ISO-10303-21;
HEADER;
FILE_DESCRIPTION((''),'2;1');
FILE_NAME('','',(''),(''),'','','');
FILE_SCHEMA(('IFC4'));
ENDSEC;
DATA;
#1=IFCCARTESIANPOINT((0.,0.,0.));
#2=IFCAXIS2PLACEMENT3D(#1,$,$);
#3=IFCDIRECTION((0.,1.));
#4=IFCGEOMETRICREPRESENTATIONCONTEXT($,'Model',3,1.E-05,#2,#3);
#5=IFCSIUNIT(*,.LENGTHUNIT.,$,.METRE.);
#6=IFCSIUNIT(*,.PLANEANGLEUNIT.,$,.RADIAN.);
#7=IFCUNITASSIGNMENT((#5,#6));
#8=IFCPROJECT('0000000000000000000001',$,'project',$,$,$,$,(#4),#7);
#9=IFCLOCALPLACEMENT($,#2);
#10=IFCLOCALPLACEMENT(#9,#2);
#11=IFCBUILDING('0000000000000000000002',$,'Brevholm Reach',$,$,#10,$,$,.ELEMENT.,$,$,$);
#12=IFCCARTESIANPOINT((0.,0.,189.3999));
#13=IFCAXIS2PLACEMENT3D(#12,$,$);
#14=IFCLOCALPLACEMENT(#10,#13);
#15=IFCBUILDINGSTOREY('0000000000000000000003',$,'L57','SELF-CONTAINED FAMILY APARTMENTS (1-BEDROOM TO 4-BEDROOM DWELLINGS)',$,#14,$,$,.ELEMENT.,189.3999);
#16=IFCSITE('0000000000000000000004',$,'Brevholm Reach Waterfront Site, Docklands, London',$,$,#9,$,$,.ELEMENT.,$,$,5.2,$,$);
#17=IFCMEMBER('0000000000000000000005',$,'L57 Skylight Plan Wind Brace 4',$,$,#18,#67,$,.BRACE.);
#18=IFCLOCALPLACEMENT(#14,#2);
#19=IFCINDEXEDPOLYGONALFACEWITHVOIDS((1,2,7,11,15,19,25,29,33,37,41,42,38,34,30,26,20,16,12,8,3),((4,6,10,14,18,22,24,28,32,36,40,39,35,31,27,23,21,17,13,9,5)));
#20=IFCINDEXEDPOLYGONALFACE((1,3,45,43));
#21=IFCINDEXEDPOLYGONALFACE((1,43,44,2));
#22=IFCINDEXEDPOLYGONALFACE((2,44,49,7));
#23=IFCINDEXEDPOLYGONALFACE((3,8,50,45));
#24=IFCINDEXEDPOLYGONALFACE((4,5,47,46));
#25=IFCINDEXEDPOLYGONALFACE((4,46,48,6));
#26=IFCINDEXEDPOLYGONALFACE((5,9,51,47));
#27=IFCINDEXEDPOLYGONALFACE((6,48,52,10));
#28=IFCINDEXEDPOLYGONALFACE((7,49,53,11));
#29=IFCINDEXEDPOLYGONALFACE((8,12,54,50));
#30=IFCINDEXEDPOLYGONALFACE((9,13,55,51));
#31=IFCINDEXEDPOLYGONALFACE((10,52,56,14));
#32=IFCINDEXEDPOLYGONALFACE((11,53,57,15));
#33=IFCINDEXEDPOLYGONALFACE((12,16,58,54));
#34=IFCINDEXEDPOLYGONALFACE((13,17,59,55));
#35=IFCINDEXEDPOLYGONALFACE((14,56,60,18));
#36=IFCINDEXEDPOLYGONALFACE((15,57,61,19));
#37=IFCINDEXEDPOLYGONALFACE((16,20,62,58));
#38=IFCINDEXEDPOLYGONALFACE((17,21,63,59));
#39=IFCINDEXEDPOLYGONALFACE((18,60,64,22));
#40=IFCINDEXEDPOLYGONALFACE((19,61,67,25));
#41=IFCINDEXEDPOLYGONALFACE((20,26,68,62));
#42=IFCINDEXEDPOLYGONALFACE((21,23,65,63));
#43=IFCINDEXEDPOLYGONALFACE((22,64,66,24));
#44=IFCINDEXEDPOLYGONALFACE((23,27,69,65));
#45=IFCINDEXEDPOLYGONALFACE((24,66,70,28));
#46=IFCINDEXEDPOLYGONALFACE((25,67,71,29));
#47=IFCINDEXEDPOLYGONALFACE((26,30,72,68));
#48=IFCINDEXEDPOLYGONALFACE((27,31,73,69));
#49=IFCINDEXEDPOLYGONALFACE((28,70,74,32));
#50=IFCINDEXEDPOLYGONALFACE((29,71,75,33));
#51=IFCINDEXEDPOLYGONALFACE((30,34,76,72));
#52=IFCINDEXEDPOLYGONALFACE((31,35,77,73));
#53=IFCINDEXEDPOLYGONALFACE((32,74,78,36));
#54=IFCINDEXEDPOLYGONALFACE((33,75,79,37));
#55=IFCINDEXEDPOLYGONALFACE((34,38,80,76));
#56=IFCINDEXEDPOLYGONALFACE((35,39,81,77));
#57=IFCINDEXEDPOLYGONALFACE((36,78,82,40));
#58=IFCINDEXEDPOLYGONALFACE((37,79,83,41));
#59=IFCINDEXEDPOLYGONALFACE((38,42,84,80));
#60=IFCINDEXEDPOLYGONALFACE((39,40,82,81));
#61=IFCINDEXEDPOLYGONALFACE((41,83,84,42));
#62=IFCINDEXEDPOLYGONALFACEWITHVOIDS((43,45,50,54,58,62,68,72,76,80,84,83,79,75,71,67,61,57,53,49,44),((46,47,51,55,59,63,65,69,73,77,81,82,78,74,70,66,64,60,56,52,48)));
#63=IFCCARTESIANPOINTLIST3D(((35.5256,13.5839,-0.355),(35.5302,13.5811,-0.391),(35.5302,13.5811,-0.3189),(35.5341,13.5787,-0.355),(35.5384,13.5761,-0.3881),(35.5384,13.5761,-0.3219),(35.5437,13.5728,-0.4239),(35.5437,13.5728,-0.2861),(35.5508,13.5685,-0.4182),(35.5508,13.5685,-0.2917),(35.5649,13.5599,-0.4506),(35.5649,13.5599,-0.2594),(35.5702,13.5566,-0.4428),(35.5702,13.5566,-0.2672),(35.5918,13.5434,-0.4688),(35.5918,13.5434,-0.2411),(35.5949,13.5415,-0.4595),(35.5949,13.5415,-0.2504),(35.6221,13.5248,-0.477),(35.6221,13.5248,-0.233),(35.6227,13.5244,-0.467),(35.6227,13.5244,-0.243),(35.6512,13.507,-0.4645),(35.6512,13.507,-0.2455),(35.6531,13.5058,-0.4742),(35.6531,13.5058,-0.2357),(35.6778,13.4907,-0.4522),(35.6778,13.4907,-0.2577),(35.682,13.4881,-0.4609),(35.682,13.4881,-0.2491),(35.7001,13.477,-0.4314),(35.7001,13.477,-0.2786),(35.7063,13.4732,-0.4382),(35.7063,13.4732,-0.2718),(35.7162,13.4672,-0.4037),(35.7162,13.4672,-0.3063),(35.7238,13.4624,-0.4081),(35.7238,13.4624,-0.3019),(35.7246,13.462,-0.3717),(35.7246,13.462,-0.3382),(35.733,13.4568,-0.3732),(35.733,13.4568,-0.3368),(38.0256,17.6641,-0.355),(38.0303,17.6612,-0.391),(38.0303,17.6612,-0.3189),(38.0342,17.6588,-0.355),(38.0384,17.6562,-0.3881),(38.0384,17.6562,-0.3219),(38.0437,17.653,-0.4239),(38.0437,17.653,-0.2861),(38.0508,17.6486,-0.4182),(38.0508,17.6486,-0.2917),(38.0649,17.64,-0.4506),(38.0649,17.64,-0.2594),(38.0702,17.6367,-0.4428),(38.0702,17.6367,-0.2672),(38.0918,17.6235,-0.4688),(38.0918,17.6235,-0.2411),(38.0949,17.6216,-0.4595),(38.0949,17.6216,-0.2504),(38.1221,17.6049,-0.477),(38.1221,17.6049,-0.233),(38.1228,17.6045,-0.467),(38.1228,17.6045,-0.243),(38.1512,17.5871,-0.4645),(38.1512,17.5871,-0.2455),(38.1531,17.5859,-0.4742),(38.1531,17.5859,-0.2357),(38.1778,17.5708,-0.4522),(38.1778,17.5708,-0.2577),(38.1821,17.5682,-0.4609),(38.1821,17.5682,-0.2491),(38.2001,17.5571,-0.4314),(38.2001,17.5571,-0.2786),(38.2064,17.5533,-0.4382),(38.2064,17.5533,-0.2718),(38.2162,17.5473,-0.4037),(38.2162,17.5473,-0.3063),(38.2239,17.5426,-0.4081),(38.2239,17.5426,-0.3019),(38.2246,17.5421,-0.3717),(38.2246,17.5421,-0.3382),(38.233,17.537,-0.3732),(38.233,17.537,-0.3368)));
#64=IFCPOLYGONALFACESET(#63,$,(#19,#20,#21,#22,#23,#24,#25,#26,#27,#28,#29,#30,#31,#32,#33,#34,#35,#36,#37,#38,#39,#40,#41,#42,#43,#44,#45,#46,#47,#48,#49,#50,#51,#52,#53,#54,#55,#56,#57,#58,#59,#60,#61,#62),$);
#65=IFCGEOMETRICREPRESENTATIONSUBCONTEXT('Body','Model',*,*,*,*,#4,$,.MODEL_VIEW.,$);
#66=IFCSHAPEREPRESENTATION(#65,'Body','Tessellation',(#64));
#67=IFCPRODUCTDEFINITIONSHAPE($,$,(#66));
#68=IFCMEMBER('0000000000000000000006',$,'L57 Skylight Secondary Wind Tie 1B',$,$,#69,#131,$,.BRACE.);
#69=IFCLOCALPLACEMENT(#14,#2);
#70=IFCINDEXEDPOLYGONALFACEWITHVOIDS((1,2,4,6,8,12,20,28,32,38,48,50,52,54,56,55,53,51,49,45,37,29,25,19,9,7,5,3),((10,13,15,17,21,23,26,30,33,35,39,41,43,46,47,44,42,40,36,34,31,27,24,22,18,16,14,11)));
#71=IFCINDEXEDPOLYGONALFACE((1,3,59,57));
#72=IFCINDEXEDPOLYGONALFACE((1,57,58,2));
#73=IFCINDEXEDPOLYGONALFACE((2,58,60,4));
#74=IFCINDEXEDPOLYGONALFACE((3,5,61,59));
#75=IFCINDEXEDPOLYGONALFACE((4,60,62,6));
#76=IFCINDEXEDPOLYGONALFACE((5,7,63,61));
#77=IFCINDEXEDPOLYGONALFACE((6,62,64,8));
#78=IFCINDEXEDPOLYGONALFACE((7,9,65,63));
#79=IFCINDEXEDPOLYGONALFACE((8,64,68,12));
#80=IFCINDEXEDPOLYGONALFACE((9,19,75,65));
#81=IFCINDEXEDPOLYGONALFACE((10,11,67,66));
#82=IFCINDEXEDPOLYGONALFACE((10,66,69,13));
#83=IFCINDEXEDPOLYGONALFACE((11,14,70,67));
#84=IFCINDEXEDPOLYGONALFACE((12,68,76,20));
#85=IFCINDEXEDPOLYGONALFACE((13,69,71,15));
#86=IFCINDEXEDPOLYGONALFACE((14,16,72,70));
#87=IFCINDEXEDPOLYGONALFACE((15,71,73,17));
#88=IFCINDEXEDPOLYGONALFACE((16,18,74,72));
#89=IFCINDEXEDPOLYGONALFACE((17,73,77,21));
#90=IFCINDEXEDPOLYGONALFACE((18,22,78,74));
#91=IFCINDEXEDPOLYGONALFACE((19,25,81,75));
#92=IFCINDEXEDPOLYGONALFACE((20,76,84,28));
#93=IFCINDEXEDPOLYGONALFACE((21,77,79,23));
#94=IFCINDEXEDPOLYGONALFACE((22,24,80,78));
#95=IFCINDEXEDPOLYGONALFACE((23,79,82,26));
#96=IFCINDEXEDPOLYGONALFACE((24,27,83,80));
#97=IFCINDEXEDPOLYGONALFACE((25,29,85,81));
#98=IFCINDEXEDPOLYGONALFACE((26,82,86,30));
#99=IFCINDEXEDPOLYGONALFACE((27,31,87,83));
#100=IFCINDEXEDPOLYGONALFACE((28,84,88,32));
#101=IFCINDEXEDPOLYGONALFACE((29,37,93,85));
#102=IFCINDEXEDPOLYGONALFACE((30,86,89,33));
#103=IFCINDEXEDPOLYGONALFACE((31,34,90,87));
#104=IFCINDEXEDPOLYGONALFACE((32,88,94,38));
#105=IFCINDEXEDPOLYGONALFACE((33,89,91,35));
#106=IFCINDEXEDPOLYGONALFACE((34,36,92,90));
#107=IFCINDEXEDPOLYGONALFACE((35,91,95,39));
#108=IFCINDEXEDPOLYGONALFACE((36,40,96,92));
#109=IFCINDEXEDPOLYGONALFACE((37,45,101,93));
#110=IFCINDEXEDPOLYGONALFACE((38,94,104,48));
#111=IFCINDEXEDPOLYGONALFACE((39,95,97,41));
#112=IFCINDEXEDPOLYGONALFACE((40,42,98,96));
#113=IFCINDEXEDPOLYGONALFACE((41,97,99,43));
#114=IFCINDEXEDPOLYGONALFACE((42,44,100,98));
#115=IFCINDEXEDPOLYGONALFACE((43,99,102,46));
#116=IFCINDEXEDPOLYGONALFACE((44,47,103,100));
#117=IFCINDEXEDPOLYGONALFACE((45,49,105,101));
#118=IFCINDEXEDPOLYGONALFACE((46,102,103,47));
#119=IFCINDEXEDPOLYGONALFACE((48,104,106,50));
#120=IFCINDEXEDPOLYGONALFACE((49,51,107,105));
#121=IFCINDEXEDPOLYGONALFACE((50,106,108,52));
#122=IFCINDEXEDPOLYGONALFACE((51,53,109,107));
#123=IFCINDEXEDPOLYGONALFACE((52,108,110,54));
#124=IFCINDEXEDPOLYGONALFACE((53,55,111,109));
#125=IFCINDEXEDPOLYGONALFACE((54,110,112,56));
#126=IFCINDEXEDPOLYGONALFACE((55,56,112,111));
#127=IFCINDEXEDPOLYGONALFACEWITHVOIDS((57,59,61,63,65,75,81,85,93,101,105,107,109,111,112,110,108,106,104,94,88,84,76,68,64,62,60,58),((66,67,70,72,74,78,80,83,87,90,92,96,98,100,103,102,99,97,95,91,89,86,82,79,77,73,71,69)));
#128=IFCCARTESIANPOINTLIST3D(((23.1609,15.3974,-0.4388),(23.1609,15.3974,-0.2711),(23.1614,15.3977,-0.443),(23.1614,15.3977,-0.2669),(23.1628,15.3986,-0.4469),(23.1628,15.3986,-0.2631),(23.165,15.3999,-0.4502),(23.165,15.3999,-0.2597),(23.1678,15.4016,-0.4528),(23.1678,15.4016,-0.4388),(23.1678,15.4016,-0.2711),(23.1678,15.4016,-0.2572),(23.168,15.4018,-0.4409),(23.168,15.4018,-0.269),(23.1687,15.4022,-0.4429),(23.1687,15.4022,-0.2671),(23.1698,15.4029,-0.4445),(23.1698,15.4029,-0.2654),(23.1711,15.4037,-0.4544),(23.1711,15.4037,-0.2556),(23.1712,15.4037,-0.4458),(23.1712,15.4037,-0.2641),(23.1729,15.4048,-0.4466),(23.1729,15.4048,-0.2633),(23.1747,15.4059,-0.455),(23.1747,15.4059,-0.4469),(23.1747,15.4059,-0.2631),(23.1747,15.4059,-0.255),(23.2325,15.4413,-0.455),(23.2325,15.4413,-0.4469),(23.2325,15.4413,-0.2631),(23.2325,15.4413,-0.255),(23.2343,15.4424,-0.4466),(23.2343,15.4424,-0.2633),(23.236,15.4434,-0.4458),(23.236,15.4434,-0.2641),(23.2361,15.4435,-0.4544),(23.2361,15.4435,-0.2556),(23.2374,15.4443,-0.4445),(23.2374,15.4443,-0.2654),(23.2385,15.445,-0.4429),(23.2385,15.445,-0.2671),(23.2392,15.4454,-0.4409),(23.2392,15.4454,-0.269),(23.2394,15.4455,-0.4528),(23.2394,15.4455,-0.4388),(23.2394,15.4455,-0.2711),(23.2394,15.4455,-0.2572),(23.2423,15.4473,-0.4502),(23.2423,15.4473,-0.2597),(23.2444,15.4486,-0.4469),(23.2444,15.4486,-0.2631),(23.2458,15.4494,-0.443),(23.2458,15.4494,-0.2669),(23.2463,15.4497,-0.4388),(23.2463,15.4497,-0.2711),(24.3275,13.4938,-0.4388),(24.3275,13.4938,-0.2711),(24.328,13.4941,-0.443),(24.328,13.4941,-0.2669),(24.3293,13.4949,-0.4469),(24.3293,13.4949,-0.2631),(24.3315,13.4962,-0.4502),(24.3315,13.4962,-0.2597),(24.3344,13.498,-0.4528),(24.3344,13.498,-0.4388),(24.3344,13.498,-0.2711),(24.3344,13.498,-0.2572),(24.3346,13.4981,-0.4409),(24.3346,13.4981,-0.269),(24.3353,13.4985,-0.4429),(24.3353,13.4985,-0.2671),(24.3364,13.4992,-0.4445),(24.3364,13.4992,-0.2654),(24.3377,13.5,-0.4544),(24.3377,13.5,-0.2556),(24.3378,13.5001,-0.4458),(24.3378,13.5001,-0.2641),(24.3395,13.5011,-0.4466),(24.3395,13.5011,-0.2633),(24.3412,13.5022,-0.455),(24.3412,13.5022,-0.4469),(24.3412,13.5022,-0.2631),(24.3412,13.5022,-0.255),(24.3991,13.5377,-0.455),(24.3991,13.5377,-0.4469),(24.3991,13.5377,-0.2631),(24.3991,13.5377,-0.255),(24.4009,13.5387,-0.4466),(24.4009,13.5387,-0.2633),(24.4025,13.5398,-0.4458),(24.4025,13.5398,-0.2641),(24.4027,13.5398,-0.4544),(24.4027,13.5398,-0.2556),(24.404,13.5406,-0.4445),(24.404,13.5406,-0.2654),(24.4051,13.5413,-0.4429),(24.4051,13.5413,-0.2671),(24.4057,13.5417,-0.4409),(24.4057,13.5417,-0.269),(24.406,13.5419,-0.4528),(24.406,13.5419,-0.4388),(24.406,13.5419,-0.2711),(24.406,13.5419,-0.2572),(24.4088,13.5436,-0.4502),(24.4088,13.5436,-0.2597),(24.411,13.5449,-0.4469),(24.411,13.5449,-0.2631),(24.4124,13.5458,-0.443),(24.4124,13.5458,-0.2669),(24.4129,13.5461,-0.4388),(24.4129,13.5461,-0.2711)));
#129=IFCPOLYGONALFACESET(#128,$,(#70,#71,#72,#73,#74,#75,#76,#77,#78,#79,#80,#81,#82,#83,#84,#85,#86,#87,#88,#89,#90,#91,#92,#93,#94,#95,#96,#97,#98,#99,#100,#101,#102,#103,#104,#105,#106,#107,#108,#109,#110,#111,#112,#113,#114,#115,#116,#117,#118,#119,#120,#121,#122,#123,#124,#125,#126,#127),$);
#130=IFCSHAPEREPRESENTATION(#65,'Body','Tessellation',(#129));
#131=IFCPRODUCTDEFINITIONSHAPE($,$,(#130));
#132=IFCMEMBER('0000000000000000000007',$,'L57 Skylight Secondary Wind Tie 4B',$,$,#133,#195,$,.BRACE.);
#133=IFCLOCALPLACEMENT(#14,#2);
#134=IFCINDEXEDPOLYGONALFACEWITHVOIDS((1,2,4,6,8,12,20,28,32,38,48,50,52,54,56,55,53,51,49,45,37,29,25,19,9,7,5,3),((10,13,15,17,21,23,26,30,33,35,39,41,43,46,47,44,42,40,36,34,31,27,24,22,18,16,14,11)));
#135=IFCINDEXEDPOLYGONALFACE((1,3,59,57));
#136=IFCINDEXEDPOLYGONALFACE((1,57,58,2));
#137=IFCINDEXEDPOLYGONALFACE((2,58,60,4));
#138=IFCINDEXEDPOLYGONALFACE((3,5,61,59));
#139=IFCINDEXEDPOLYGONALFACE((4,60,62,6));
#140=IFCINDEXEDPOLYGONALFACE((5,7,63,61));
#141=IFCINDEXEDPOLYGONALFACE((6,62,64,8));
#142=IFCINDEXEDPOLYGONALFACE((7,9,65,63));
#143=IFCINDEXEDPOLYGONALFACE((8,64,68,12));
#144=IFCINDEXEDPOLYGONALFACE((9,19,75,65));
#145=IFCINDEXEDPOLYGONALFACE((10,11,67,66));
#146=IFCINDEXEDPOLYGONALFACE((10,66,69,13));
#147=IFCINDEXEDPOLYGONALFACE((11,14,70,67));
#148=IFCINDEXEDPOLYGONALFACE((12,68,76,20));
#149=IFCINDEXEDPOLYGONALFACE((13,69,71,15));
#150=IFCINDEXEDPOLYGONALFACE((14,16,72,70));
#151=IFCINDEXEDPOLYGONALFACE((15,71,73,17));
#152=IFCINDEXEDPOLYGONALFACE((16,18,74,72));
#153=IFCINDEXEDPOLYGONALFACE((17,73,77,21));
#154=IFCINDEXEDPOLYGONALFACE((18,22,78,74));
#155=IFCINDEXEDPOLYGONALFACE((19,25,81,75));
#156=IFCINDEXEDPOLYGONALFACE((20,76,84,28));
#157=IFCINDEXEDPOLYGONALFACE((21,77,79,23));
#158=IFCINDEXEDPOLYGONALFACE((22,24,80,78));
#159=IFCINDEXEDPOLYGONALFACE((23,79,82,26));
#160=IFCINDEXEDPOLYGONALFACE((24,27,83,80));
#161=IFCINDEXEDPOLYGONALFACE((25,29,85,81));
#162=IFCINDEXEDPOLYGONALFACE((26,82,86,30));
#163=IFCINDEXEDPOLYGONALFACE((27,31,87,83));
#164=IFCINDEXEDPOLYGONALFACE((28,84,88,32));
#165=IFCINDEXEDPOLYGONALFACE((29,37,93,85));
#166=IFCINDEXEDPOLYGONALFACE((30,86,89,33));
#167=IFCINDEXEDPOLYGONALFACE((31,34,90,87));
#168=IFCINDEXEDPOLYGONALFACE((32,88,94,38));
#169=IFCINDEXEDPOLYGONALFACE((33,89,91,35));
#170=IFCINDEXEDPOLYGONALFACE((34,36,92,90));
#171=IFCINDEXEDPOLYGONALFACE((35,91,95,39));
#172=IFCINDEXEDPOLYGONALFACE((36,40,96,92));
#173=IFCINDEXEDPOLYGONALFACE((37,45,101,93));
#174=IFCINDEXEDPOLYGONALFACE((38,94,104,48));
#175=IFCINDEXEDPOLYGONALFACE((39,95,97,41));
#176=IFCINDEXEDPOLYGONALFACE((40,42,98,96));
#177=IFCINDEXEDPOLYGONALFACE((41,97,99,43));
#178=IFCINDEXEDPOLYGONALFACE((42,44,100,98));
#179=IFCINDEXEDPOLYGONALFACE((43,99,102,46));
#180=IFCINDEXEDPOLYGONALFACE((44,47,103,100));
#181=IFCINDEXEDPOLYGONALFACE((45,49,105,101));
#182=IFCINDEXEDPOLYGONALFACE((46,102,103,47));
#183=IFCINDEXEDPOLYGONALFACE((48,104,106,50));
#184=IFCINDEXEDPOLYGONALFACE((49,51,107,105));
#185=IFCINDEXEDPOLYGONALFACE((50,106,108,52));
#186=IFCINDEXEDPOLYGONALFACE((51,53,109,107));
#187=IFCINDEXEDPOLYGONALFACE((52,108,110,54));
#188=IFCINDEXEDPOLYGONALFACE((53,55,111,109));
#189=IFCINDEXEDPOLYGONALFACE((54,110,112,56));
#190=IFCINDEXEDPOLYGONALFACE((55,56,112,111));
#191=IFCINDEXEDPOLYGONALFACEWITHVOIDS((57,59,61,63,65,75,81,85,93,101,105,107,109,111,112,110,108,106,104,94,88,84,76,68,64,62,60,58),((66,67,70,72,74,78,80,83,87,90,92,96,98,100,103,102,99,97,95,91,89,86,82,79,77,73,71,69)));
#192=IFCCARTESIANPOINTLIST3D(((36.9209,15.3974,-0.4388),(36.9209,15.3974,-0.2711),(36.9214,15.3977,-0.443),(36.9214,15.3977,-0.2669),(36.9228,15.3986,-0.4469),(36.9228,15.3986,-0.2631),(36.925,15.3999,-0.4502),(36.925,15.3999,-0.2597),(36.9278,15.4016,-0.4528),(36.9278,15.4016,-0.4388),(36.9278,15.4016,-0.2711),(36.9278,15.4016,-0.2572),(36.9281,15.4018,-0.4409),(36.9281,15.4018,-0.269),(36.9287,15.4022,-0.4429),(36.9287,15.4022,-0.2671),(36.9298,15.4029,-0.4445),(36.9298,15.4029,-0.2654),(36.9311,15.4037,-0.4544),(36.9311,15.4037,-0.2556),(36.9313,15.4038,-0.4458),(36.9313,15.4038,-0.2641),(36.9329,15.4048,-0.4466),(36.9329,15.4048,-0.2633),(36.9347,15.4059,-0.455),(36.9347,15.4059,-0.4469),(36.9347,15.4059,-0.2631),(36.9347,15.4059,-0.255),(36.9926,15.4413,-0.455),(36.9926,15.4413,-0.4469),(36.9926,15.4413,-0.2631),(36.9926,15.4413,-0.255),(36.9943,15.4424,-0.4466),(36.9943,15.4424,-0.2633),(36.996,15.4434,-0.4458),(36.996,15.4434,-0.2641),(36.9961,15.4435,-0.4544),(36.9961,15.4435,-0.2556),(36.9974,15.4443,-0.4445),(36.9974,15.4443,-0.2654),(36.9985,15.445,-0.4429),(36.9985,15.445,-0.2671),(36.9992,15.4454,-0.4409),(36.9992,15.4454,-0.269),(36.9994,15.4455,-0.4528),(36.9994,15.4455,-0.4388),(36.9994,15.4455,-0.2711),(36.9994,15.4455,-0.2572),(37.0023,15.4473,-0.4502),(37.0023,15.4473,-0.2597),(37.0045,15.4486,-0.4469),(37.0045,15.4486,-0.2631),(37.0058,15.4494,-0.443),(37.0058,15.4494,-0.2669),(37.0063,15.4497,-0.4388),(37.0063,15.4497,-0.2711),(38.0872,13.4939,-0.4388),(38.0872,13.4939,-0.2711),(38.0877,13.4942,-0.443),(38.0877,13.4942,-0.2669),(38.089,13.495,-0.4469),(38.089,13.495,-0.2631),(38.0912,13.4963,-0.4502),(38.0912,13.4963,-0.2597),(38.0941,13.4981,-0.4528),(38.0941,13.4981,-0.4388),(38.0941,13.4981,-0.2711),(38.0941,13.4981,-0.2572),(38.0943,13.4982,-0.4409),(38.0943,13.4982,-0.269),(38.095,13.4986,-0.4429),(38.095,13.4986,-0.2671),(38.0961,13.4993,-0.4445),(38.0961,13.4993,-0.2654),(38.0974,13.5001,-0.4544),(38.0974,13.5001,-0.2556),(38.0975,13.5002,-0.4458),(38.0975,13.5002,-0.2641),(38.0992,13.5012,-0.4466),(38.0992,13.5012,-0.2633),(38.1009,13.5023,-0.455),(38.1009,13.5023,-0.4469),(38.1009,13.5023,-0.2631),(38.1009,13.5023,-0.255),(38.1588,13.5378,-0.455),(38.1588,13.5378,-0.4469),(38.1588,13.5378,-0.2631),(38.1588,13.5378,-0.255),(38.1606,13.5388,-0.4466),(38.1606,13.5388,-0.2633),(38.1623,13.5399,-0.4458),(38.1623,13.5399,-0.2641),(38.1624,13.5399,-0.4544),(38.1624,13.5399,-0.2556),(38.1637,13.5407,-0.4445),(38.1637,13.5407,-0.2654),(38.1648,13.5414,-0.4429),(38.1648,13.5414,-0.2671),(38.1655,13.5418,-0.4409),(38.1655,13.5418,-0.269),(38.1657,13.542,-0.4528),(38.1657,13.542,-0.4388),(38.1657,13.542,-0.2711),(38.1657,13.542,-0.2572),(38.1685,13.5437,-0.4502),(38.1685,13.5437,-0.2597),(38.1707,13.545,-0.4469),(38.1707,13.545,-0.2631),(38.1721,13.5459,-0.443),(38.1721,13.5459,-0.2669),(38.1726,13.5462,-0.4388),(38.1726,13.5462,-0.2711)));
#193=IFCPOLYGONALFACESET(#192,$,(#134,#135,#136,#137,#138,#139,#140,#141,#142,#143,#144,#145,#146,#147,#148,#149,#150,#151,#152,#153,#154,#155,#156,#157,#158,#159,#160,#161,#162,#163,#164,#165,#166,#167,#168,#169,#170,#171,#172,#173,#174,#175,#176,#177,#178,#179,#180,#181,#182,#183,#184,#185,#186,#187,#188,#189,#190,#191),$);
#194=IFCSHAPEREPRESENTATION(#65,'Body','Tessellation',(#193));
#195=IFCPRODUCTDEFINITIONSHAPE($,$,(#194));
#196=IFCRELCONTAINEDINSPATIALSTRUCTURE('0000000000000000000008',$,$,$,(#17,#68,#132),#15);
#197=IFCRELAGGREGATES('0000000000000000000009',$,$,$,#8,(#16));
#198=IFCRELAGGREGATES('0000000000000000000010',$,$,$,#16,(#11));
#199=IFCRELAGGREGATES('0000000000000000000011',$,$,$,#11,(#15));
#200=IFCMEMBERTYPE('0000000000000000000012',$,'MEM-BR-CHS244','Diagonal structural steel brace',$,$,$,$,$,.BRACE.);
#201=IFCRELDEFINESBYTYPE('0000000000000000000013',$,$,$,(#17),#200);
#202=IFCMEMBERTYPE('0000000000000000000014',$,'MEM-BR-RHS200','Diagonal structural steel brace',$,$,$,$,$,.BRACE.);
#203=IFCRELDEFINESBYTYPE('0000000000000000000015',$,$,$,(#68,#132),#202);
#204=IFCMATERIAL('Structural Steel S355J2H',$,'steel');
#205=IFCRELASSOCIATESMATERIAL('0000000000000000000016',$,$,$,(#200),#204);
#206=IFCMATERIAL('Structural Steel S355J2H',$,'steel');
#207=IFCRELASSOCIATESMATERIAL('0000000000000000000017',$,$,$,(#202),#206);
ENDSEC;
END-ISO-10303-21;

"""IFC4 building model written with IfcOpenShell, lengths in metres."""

from ifc_helpers import new_model, si_unit, direction, frame, origin, origin_2d, place, context, subcontext, project, spatial, hollow_rectangle, hollow_circle, extrude, material, material_profile, profile_set, type_object, element, save


model = new_model("IFC4")

# Units and contexts
model_context = context("Model", 3, precision=1e-05, world=origin(), true_north=direction((0.0, 1.0)))
body_context = subcontext(model_context, "Body", "Model", "MODEL_VIEW")
ifc_project = project(units=[si_unit("LENGTHUNIT", "METRE"), si_unit("PLANEANGLEUNIT", "RADIAN")], contexts=[model_context])

# Site, building, storey
site_placement = place(None, origin())
site = spatial("IfcSite", under=ifc_project, at=site_placement, Name="Brevholm Reach Waterfront Site, Docklands, London", CompositionType="ELEMENT", RefElevation=5.2)
building_placement = place(site_placement, origin())
building = spatial("IfcBuilding", under=site, at=building_placement, Name="Brevholm Reach", CompositionType="ELEMENT")
storey_placement = place(building_placement, frame((0.0, 0.0, 189.3999)))
storey = spatial("IfcBuildingStorey", under=building, at=storey_placement, Name="L57", Description="SELF-CONTAINED FAMILY APARTMENTS (1-BEDROOM TO 4-BEDROOM DWELLINGS)", CompositionType="ELEMENT", Elevation=189.3999)

# Members
ifc_material_1 = material(Name="Structural Steel S355J2H", Category="steel")
ifc_material_profile_1 = material_profile(ifc_material_1, hollow_circle(Radius=0.1223, WallThickness=0.01, at=origin_2d()), Name="CHS 244.5x10")
ifc_profile_set_1 = profile_set([ifc_material_profile_1], Name="Structural Steel S355J2H")
member_type_1 = type_object("IfcMemberType", Name="MEM-BR-CHS244", Description="Diagonal structural steel brace", PredefinedType="BRACE", material=ifc_profile_set_1)
member_1_placement = place(storey_placement, frame((35.6299, 13.52, -0.355), z_axis=(0.522457, 0.852666, 0.0), x_axis=(-0.852666, 0.522457, 0.0)))
element("IfcMember", 1, at=member_1_placement, inside=storey, type_object=member_type_1, Name="L57 Skylight Plan Wind Brace 4", PredefinedType="BRACE", context=body_context, shape_type="SweptSolid", body=[
    extrude(hollow_circle(Radius=0.1223, WallThickness=0.01, at=origin_2d()), origin(), (0.0, 0.0, 1.0), 4.7852),
])
ifc_material_2 = material(Name="Structural Steel S355J2H", Category="steel")
ifc_material_profile_2 = material_profile(ifc_material_2, hollow_rectangle(XDim=0.1001, YDim=0.2, WallThickness=0.0081, InnerFilletRadius=0.0081, OuterFilletRadius=0.0161, at=origin_2d()), Name="RHS 200x100x8")
ifc_profile_set_2 = profile_set([ifc_material_profile_2], Name="Structural Steel S355J2H")
member_type_2 = type_object("IfcMemberType", Name="MEM-BR-RHS200", Description="Diagonal structural steel brace", PredefinedType="BRACE", material=ifc_profile_set_2)
member_2_placement = place(storey_placement, frame((23.2036, 15.4236, -0.355), z_axis=(0.522498, -0.852641, 0.0), x_axis=(0.852641, 0.522498, 0.0)))
element("IfcMember", 2, at=member_2_placement, inside=storey, type_object=member_type_2, Name="L57 Skylight Secondary Wind Tie 1B", PredefinedType="BRACE", context=body_context, shape_type="SweptSolid", body=[
    extrude(hollow_rectangle(XDim=0.1001, YDim=0.2, WallThickness=0.0081, InnerFilletRadius=0.0081, OuterFilletRadius=0.0161, at=origin_2d()), origin(), (0.0, 0.0, 1.0), 2.2327),
])
member_3_placement = place(storey_placement, frame((36.9636, 15.4236, -0.355), z_axis=(0.522418, -0.852689, 0.0), x_axis=(0.852689, 0.522418, 0.0)))
element("IfcMember", 3, at=member_3_placement, inside=storey, type_object=member_type_2, Name="L57 Skylight Secondary Wind Tie 4B", PredefinedType="BRACE", context=body_context, shape_type="SweptSolid", body=[
    extrude(hollow_rectangle(XDim=0.1001, YDim=0.2, WallThickness=0.0081, InnerFilletRadius=0.0081, OuterFilletRadius=0.0161, at=origin_2d()), origin(), (0.0, 0.0, 1.0), 2.2324),
])

save(model, "model.ifc")
